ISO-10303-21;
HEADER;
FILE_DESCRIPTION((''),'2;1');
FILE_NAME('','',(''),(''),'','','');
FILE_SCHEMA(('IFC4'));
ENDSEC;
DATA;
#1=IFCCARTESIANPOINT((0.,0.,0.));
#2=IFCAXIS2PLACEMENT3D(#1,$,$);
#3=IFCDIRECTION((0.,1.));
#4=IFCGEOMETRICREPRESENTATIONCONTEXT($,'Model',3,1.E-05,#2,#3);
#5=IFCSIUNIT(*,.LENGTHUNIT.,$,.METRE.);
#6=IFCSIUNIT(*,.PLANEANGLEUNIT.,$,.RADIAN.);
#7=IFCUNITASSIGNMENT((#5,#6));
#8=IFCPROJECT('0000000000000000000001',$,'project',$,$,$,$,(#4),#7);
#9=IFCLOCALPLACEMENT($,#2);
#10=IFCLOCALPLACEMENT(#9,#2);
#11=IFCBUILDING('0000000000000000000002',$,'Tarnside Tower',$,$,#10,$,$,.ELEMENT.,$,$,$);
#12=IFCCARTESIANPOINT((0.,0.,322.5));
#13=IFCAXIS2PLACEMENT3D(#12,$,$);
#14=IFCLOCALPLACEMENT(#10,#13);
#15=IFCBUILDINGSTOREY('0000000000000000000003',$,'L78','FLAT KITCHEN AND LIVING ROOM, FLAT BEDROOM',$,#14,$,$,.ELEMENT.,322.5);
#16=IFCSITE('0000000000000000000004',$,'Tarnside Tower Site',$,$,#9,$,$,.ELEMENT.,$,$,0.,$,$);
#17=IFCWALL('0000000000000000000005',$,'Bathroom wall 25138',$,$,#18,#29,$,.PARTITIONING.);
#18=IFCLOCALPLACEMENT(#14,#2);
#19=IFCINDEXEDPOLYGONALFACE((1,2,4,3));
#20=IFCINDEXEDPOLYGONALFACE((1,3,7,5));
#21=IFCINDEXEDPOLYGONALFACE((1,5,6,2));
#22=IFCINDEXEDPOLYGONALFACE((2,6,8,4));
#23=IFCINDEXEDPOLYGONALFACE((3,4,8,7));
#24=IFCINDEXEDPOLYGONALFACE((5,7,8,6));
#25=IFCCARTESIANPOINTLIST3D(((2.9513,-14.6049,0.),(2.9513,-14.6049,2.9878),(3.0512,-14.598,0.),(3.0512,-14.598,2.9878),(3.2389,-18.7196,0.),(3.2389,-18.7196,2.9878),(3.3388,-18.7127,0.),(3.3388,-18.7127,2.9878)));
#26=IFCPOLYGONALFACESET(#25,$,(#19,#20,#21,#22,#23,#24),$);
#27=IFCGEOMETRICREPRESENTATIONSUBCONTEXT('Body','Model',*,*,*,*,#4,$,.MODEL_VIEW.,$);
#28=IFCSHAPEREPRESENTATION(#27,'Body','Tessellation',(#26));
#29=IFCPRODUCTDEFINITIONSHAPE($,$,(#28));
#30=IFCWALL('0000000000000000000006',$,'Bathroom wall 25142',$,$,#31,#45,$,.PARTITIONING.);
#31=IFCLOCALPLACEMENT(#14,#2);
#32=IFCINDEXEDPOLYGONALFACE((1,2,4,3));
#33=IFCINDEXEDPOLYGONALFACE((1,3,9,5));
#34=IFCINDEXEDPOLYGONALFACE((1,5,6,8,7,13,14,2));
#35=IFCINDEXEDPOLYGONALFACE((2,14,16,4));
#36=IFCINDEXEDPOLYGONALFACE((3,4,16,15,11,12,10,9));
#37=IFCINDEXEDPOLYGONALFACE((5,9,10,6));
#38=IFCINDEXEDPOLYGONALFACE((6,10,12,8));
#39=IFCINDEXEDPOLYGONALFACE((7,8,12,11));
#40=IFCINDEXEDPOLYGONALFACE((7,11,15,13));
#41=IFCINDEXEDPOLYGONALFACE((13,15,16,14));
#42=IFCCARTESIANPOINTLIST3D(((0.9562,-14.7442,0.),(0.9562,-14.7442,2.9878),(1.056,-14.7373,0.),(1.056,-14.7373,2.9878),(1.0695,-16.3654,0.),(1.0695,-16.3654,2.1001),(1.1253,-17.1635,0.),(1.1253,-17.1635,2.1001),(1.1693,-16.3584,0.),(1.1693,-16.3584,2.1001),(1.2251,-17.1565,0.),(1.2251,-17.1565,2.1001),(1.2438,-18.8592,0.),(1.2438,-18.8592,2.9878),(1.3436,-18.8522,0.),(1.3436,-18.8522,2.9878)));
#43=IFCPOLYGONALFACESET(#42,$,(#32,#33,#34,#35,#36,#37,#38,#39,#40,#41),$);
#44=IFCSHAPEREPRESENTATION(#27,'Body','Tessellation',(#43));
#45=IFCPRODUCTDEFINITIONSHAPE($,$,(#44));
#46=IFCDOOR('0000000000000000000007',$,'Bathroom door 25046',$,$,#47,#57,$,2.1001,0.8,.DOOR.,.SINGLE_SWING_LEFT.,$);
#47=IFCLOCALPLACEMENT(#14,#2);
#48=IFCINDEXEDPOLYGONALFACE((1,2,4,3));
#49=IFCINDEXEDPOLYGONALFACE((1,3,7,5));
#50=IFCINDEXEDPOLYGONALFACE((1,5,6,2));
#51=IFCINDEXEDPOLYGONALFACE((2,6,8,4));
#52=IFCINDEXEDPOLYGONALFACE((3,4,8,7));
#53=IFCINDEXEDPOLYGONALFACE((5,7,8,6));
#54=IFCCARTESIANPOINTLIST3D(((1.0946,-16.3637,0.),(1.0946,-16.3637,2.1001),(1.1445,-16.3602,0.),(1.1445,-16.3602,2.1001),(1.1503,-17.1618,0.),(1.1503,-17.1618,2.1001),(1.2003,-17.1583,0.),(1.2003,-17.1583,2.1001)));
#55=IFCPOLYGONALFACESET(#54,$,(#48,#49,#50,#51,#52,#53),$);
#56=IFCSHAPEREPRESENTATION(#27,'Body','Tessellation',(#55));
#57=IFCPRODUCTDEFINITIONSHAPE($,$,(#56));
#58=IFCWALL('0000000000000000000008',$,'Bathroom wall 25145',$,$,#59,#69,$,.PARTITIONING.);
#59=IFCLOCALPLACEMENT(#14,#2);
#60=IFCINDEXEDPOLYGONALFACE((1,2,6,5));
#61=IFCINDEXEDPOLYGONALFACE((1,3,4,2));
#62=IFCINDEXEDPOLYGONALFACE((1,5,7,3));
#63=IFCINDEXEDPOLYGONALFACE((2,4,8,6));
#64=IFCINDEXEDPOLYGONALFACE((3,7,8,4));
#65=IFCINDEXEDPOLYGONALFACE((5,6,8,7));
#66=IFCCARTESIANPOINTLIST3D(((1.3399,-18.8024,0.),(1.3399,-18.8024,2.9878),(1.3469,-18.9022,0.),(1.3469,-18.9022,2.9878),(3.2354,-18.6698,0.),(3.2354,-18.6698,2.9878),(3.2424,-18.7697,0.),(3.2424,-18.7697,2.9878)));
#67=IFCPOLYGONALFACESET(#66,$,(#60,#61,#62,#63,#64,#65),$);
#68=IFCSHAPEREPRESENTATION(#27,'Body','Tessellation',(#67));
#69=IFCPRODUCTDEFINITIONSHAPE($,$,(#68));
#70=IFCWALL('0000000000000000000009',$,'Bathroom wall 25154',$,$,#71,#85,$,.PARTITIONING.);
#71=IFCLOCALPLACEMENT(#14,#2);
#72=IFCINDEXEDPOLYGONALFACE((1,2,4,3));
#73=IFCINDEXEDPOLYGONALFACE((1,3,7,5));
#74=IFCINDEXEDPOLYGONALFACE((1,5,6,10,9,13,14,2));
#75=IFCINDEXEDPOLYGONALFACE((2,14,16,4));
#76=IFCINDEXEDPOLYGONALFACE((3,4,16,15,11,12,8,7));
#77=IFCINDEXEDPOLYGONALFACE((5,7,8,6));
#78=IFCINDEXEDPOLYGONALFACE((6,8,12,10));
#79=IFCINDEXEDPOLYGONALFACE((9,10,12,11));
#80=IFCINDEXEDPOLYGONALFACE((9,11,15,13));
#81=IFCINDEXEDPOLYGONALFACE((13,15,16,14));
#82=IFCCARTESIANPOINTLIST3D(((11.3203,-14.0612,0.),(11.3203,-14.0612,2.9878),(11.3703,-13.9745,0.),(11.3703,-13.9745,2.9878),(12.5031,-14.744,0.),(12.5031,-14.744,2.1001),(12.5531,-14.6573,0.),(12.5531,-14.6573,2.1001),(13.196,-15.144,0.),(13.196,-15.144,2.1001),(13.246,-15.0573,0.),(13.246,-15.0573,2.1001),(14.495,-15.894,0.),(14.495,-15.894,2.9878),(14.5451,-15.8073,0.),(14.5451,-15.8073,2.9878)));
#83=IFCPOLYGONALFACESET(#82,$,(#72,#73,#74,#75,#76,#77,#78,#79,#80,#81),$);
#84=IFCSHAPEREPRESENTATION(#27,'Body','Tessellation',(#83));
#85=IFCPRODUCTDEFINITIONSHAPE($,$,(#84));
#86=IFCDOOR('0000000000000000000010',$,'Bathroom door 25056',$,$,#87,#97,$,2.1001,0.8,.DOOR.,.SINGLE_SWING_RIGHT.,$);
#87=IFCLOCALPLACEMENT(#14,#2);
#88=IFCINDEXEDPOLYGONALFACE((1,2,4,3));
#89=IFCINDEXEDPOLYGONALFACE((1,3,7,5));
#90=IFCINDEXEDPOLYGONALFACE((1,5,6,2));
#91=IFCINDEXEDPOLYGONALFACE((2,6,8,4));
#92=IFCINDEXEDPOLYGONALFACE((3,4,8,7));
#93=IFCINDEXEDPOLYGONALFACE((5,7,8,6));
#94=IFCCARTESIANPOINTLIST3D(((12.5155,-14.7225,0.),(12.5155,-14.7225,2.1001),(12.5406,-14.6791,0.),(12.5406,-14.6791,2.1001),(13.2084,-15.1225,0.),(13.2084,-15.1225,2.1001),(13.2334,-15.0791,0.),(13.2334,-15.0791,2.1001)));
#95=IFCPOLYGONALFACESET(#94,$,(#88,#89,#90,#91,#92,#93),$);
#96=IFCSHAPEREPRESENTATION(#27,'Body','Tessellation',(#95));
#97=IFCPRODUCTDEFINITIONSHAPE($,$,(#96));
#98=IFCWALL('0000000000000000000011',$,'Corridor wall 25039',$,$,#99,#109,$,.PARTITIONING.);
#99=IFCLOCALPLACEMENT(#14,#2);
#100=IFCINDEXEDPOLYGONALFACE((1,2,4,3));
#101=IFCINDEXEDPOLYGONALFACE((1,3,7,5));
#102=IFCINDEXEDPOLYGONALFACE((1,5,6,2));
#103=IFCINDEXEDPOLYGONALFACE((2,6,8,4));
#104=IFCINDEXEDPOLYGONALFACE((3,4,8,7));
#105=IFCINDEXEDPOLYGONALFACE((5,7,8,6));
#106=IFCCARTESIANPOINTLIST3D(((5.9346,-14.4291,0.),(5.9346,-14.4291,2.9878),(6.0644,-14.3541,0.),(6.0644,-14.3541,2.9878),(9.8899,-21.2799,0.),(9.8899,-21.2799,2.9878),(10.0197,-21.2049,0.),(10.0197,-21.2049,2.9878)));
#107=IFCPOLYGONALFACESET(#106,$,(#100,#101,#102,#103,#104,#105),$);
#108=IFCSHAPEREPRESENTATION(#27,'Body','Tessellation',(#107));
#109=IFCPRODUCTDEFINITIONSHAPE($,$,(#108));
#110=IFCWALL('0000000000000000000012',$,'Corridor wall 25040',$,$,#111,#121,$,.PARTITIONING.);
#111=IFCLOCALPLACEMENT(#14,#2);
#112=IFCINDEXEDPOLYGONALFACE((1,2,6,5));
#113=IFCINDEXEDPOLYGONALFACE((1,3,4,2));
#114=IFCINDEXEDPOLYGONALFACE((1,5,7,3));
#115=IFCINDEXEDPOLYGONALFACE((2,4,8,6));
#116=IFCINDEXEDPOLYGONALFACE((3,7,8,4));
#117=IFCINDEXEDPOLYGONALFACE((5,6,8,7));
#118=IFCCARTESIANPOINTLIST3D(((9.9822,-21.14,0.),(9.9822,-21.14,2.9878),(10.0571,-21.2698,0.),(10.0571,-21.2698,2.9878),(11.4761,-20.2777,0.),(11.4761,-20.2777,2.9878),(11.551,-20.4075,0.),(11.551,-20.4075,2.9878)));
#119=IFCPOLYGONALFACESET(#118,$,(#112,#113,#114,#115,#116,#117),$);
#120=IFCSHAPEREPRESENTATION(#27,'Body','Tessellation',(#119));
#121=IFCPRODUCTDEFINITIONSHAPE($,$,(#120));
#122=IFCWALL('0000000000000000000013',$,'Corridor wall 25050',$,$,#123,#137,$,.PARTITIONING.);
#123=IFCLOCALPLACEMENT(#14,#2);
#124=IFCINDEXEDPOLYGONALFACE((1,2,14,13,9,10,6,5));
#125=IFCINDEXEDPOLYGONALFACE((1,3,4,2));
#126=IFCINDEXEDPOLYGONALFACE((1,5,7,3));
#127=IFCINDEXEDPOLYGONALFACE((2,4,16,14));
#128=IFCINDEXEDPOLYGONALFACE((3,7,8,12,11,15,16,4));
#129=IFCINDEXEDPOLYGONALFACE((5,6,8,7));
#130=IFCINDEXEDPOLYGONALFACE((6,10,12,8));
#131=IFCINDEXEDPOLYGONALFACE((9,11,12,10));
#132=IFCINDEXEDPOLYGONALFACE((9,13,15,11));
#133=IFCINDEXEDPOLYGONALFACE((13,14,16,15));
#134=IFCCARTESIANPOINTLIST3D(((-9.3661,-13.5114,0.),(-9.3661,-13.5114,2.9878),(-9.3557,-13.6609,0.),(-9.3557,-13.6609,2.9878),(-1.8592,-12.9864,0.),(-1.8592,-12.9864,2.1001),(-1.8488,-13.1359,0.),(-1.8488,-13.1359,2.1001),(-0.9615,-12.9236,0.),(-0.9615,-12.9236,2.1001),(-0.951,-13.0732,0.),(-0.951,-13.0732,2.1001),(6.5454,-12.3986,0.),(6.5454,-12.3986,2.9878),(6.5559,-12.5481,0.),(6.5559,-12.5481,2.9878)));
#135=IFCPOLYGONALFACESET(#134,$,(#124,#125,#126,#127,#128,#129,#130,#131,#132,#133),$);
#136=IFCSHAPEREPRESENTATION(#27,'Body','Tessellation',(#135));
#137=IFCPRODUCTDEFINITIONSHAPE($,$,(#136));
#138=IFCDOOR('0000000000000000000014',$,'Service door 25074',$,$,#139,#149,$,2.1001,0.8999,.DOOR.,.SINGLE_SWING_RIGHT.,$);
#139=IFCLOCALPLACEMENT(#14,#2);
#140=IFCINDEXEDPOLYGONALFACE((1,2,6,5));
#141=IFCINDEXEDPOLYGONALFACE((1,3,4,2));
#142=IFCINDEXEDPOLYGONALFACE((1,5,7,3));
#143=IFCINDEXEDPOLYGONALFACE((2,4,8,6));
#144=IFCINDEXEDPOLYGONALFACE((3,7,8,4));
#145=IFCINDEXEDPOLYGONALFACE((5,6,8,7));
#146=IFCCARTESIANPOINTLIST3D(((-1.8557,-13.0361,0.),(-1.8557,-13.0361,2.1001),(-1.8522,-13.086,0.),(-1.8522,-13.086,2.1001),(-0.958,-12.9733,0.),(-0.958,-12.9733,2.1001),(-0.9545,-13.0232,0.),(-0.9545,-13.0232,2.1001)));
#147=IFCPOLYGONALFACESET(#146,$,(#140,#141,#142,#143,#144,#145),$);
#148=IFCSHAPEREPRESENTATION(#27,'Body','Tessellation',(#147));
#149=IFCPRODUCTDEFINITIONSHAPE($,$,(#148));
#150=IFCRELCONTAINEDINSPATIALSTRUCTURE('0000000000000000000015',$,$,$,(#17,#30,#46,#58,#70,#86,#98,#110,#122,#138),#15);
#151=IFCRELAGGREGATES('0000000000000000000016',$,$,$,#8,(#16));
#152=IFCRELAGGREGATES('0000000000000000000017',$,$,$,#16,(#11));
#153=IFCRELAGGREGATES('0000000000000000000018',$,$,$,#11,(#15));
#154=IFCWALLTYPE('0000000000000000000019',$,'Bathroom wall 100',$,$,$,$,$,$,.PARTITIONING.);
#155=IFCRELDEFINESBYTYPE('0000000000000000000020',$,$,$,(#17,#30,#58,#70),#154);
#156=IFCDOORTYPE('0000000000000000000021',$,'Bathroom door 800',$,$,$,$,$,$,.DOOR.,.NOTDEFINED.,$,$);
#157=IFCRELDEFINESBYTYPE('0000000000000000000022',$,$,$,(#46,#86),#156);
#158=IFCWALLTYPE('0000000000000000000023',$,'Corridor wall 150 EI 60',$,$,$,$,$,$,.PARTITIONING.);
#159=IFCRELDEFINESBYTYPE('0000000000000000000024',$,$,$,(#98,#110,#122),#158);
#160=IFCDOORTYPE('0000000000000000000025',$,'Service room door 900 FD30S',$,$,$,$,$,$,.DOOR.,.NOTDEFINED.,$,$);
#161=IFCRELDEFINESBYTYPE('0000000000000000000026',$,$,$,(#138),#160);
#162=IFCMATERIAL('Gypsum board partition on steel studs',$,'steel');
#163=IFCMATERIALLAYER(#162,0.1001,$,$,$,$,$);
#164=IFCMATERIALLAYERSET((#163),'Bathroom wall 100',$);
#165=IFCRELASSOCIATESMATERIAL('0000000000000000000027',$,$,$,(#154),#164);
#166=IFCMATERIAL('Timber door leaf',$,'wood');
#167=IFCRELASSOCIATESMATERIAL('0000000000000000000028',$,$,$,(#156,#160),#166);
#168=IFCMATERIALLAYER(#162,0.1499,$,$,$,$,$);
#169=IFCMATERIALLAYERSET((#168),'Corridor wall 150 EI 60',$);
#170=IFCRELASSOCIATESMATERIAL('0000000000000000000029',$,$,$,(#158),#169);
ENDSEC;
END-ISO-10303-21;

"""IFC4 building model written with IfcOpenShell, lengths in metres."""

from ifc_helpers import new_model, si_unit, direction, frame, frame_2d, origin, place, context, subcontext, project, spatial, rectangle, extrude, material, layer, layer_set, type_object, element, fill, save


model = new_model("IFC4")

# Units and contexts
model_context = context("Model", 3, precision=1e-05, world=origin(), true_north=direction((0.0, 1.0)))
body_context = subcontext(model_context, "Body", "Model", "MODEL_VIEW")
ifc_project = project(units=[si_unit("LENGTHUNIT", "METRE"), si_unit("PLANEANGLEUNIT", "RADIAN")], contexts=[model_context])

# Site, building, storey
site_placement = place(None, origin())
site = spatial("IfcSite", under=ifc_project, at=site_placement, Name="Tarnside Tower Site", CompositionType="ELEMENT", RefElevation=0.0)
building_placement = place(site_placement, origin())
building = spatial("IfcBuilding", under=site, at=building_placement, Name="Tarnside Tower", CompositionType="ELEMENT")
storey_placement = place(building_placement, frame((0.0, 0.0, 322.5)))
storey = spatial("IfcBuildingStorey", under=building, at=storey_placement, Name="L78", Description="FLAT KITCHEN AND LIVING ROOM, FLAT BEDROOM", CompositionType="ELEMENT", Elevation=322.5)

# Wall
ifc_material_1 = material(Name="Gypsum board partition on steel studs", Category="steel")
ifc_layer_1 = layer(ifc_material_1, 0.1001)
ifc_layer_set_1 = layer_set([ifc_layer_1], Name="Bathroom wall 100")
wall_type_1 = type_object("IfcWallType", Name="Bathroom wall 100", PredefinedType="PARTITIONING", material=ifc_layer_set_1)
wall_1_placement = place(storey_placement, frame((3.0012, -14.6013, 0.0), z_axis=(0.0, 0.0, 1.0), x_axis=(0.069724, -0.997566, 0.0)))
element("IfcWall", 1, at=wall_1_placement, inside=storey, type_object=wall_type_1, Name="Bathroom wall 25138", PredefinedType="PARTITIONING", context=body_context, shape_type="SweptSolid", body=[
    extrude(rectangle(XDim=4.1248, YDim=0.1001, at=frame_2d((2.0625, 0.0))), origin(), (0.0, 0.0, 1.0), 2.9878),
])

# Wall, opening, door
wall_2_placement = place(storey_placement, frame((1.2937, -18.8557, 0.0), z_axis=(0.0, 0.0, 1.0), x_axis=(-0.06972, 0.997567, 0.0)))
wall_2 = element("IfcWall", 2, at=wall_2_placement, inside=storey, type_object=wall_type_1, Name="Bathroom wall 25142", PredefinedType="PARTITIONING", context=body_context, shape_type="SweptSolid", body=[
    extrude(rectangle(XDim=4.125, YDim=0.1001, at=frame_2d((2.0625, 0.0))), origin(), (0.0, 0.0, 1.0), 2.9878),
])
opening_1_placement = place(wall_2_placement, frame((1.7, 0.0, 0.0)))
opening_1 = element("IfcOpeningElement", 3, at=opening_1_placement, cuts=wall_2, PredefinedType="OPENING", context=body_context, shape_type="SweptSolid", body=[
    extrude(rectangle(XDim=0.8, YDim=2.1001, at=frame_2d((0.3999, 1.05))), frame((0.0, 0.0601, 0.0), z_axis=(0.0, -1.0, 0.0), x_axis=(1.0, 0.0, 0.0)), (0.0, 0.0, 1.0), 0.1201),
])
ifc_material_2 = material(Name="Timber door leaf", Category="wood")
door_type_1 = type_object("IfcDoorType", Name="Bathroom door 800", OperationType="NOTDEFINED", PredefinedType="DOOR", material=ifc_material_2)
door_1_placement = place(opening_1_placement, origin())
door_1 = element("IfcDoor", 4, at=door_1_placement, inside=storey, type_object=door_type_1, Name="Bathroom door 25046", OperationType="SINGLE_SWING_LEFT", OverallHeight=2.1001, OverallWidth=0.8, PredefinedType="DOOR", context=body_context, shape_type="SweptSolid", body=[
    extrude(rectangle(XDim=0.8, YDim=2.1001, at=frame_2d((0.3999, 1.05))), frame((0.0, 0.0249, 0.0), z_axis=(0.0, -1.0, 0.0), x_axis=(1.0, 0.0, 0.0)), (0.0, 0.0, 1.0), 0.05),
])
fill(opening_1, door_1)

# Wall
wall_3_placement = place(storey_placement, frame((3.239, -18.7197, 0.0), z_axis=(0.0, 0.0, 1.0), x_axis=(-0.997563, -0.069768, 0.0)))
element("IfcWall", 5, at=wall_3_placement, inside=storey, type_object=wall_type_1, Name="Bathroom wall 25145", PredefinedType="PARTITIONING", context=body_context, shape_type="SweptSolid", body=[
    extrude(rectangle(XDim=1.9001, YDim=0.1001, at=frame_2d((0.9502, 0.0))), origin(), (0.0, 0.0, 1.0), 2.9878),
])

# Wall, opening, door
wall_4_placement = place(storey_placement, frame((11.3452, -14.0178, 0.0), z_axis=(0.0, 0.0, 1.0), x_axis=(0.86605, -0.499957, 0.0)))
wall_4 = element("IfcWall", 6, at=wall_4_placement, inside=storey, type_object=wall_type_1, Name="Bathroom wall 25154", PredefinedType="PARTITIONING", context=body_context, shape_type="SweptSolid", body=[
    extrude(rectangle(XDim=3.6658, YDim=0.1001, at=frame_2d((1.833, 0.0))), origin(), (0.0, 0.0, 1.0), 2.9878),
])
opening_2_placement = place(wall_4_placement, frame((1.366, 0.0, 0.0)))
opening_2 = element("IfcOpeningElement", 7, at=opening_2_placement, cuts=wall_4, PredefinedType="OPENING", context=body_context, shape_type="SweptSolid", body=[
    extrude(rectangle(XDim=0.8, YDim=2.1001, at=frame_2d((0.3999, 1.05))), frame((0.0, 0.0601, 0.0), z_axis=(0.0, -1.0, 0.0), x_axis=(1.0, 0.0, 0.0)), (0.0, 0.0, 1.0), 0.1201),
])
door_2_placement = place(opening_2_placement, origin())
door_2 = element("IfcDoor", 8, at=door_2_placement, inside=storey, type_object=door_type_1, Name="Bathroom door 25056", OperationType="SINGLE_SWING_RIGHT", OverallHeight=2.1001, OverallWidth=0.8, PredefinedType="DOOR", context=body_context, shape_type="SweptSolid", body=[
    extrude(rectangle(XDim=0.8, YDim=2.1001, at=frame_2d((0.3999, 1.05))), frame((0.0, 0.0249, 0.0), z_axis=(0.0, -1.0, 0.0), x_axis=(1.0, 0.0, 0.0)), (0.0, 0.0, 1.0), 0.05),
])
fill(opening_2, door_2)

# Walls
ifc_layer_2 = layer(ifc_material_1, 0.1499)
ifc_layer_set_2 = layer_set([ifc_layer_2], Name="Corridor wall 150 EI 60")
wall_type_2 = type_object("IfcWallType", Name="Corridor wall 150 EI 60", PredefinedType="PARTITIONING", material=ifc_layer_set_2)
wall_5_placement = place(storey_placement, frame((5.9995, -14.3916, 0.0), z_axis=(0.0, 0.0, 1.0), x_axis=(0.499999, -0.866026, 0.0)))
element("IfcWall", 9, at=wall_5_placement, inside=storey, type_object=wall_type_2, Name="Corridor wall 25039", PredefinedType="PARTITIONING", context=body_context, shape_type="SweptSolid", body=[
    extrude(rectangle(XDim=7.9106, YDim=0.1499, at=frame_2d((3.9553, 0.0))), origin(), (0.0, 0.0, 1.0), 2.9878),
])
wall_6_placement = place(storey_placement, frame((10.0198, -21.2048, 0.0), z_axis=(0.0, 0.0, 1.0), x_axis=(0.866075, 0.499914, 0.0)))
element("IfcWall", 10, at=wall_6_placement, inside=storey, type_object=wall_type_2, Name="Corridor wall 25040", PredefinedType="PARTITIONING", context=body_context, shape_type="SweptSolid", body=[
    extrude(rectangle(XDim=1.7249, YDim=0.1499, at=frame_2d((0.8623, 0.0))), origin(), (0.0, 0.0, 1.0), 2.9878),
])

# Wall, opening, door
wall_7_placement = place(storey_placement, frame((6.5505, -12.4734, 0.0), z_axis=(0.0, 0.0, 1.0), x_axis=(-0.997563, -0.069765, 0.0)))
wall_7 = element("IfcWall", 11, at=wall_7_placement, inside=storey, type_object=wall_type_2, Name="Corridor wall 25050", PredefinedType="PARTITIONING", context=body_context, shape_type="SweptSolid", body=[
    extrude(rectangle(XDim=15.9504, YDim=0.1499, at=frame_2d((7.9751, 0.0))), origin(), (0.0, 0.0, 1.0), 2.9878),
])
opening_3_placement = place(wall_7_placement, frame((7.5251, 0.0, 0.0)))
opening_3 = element("IfcOpeningElement", 12, at=opening_3_placement, cuts=wall_7, PredefinedType="OPENING", context=body_context, shape_type="SweptSolid", body=[
    extrude(rectangle(XDim=0.8999, YDim=2.1001, at=frame_2d((0.45, 1.05))), frame((0.0, 0.085, 0.0), z_axis=(0.0, -1.0, 0.0), x_axis=(1.0, 0.0, 0.0)), (0.0, 0.0, 1.0), 0.1699),
])
door_type_2 = type_object("IfcDoorType", Name="Service room door 900 FD30S", OperationType="NOTDEFINED", PredefinedType="DOOR", material=ifc_material_2)
door_3_placement = place(opening_3_placement, origin())
door_3 = element("IfcDoor", 13, at=door_3_placement, inside=storey, type_object=door_type_2, Name="Service door 25074", OperationType="SINGLE_SWING_RIGHT", OverallHeight=2.1001, OverallWidth=0.8999, PredefinedType="DOOR", context=body_context, shape_type="SweptSolid", body=[
    extrude(rectangle(XDim=0.8999, YDim=2.1001, at=frame_2d((0.45, 1.05))), frame((0.0, 0.0249, 0.0), z_axis=(0.0, -1.0, 0.0), x_axis=(1.0, 0.0, 0.0)), (0.0, 0.0, 1.0), 0.05),
])
fill(opening_3, door_3)

save(model, "model.ifc")
